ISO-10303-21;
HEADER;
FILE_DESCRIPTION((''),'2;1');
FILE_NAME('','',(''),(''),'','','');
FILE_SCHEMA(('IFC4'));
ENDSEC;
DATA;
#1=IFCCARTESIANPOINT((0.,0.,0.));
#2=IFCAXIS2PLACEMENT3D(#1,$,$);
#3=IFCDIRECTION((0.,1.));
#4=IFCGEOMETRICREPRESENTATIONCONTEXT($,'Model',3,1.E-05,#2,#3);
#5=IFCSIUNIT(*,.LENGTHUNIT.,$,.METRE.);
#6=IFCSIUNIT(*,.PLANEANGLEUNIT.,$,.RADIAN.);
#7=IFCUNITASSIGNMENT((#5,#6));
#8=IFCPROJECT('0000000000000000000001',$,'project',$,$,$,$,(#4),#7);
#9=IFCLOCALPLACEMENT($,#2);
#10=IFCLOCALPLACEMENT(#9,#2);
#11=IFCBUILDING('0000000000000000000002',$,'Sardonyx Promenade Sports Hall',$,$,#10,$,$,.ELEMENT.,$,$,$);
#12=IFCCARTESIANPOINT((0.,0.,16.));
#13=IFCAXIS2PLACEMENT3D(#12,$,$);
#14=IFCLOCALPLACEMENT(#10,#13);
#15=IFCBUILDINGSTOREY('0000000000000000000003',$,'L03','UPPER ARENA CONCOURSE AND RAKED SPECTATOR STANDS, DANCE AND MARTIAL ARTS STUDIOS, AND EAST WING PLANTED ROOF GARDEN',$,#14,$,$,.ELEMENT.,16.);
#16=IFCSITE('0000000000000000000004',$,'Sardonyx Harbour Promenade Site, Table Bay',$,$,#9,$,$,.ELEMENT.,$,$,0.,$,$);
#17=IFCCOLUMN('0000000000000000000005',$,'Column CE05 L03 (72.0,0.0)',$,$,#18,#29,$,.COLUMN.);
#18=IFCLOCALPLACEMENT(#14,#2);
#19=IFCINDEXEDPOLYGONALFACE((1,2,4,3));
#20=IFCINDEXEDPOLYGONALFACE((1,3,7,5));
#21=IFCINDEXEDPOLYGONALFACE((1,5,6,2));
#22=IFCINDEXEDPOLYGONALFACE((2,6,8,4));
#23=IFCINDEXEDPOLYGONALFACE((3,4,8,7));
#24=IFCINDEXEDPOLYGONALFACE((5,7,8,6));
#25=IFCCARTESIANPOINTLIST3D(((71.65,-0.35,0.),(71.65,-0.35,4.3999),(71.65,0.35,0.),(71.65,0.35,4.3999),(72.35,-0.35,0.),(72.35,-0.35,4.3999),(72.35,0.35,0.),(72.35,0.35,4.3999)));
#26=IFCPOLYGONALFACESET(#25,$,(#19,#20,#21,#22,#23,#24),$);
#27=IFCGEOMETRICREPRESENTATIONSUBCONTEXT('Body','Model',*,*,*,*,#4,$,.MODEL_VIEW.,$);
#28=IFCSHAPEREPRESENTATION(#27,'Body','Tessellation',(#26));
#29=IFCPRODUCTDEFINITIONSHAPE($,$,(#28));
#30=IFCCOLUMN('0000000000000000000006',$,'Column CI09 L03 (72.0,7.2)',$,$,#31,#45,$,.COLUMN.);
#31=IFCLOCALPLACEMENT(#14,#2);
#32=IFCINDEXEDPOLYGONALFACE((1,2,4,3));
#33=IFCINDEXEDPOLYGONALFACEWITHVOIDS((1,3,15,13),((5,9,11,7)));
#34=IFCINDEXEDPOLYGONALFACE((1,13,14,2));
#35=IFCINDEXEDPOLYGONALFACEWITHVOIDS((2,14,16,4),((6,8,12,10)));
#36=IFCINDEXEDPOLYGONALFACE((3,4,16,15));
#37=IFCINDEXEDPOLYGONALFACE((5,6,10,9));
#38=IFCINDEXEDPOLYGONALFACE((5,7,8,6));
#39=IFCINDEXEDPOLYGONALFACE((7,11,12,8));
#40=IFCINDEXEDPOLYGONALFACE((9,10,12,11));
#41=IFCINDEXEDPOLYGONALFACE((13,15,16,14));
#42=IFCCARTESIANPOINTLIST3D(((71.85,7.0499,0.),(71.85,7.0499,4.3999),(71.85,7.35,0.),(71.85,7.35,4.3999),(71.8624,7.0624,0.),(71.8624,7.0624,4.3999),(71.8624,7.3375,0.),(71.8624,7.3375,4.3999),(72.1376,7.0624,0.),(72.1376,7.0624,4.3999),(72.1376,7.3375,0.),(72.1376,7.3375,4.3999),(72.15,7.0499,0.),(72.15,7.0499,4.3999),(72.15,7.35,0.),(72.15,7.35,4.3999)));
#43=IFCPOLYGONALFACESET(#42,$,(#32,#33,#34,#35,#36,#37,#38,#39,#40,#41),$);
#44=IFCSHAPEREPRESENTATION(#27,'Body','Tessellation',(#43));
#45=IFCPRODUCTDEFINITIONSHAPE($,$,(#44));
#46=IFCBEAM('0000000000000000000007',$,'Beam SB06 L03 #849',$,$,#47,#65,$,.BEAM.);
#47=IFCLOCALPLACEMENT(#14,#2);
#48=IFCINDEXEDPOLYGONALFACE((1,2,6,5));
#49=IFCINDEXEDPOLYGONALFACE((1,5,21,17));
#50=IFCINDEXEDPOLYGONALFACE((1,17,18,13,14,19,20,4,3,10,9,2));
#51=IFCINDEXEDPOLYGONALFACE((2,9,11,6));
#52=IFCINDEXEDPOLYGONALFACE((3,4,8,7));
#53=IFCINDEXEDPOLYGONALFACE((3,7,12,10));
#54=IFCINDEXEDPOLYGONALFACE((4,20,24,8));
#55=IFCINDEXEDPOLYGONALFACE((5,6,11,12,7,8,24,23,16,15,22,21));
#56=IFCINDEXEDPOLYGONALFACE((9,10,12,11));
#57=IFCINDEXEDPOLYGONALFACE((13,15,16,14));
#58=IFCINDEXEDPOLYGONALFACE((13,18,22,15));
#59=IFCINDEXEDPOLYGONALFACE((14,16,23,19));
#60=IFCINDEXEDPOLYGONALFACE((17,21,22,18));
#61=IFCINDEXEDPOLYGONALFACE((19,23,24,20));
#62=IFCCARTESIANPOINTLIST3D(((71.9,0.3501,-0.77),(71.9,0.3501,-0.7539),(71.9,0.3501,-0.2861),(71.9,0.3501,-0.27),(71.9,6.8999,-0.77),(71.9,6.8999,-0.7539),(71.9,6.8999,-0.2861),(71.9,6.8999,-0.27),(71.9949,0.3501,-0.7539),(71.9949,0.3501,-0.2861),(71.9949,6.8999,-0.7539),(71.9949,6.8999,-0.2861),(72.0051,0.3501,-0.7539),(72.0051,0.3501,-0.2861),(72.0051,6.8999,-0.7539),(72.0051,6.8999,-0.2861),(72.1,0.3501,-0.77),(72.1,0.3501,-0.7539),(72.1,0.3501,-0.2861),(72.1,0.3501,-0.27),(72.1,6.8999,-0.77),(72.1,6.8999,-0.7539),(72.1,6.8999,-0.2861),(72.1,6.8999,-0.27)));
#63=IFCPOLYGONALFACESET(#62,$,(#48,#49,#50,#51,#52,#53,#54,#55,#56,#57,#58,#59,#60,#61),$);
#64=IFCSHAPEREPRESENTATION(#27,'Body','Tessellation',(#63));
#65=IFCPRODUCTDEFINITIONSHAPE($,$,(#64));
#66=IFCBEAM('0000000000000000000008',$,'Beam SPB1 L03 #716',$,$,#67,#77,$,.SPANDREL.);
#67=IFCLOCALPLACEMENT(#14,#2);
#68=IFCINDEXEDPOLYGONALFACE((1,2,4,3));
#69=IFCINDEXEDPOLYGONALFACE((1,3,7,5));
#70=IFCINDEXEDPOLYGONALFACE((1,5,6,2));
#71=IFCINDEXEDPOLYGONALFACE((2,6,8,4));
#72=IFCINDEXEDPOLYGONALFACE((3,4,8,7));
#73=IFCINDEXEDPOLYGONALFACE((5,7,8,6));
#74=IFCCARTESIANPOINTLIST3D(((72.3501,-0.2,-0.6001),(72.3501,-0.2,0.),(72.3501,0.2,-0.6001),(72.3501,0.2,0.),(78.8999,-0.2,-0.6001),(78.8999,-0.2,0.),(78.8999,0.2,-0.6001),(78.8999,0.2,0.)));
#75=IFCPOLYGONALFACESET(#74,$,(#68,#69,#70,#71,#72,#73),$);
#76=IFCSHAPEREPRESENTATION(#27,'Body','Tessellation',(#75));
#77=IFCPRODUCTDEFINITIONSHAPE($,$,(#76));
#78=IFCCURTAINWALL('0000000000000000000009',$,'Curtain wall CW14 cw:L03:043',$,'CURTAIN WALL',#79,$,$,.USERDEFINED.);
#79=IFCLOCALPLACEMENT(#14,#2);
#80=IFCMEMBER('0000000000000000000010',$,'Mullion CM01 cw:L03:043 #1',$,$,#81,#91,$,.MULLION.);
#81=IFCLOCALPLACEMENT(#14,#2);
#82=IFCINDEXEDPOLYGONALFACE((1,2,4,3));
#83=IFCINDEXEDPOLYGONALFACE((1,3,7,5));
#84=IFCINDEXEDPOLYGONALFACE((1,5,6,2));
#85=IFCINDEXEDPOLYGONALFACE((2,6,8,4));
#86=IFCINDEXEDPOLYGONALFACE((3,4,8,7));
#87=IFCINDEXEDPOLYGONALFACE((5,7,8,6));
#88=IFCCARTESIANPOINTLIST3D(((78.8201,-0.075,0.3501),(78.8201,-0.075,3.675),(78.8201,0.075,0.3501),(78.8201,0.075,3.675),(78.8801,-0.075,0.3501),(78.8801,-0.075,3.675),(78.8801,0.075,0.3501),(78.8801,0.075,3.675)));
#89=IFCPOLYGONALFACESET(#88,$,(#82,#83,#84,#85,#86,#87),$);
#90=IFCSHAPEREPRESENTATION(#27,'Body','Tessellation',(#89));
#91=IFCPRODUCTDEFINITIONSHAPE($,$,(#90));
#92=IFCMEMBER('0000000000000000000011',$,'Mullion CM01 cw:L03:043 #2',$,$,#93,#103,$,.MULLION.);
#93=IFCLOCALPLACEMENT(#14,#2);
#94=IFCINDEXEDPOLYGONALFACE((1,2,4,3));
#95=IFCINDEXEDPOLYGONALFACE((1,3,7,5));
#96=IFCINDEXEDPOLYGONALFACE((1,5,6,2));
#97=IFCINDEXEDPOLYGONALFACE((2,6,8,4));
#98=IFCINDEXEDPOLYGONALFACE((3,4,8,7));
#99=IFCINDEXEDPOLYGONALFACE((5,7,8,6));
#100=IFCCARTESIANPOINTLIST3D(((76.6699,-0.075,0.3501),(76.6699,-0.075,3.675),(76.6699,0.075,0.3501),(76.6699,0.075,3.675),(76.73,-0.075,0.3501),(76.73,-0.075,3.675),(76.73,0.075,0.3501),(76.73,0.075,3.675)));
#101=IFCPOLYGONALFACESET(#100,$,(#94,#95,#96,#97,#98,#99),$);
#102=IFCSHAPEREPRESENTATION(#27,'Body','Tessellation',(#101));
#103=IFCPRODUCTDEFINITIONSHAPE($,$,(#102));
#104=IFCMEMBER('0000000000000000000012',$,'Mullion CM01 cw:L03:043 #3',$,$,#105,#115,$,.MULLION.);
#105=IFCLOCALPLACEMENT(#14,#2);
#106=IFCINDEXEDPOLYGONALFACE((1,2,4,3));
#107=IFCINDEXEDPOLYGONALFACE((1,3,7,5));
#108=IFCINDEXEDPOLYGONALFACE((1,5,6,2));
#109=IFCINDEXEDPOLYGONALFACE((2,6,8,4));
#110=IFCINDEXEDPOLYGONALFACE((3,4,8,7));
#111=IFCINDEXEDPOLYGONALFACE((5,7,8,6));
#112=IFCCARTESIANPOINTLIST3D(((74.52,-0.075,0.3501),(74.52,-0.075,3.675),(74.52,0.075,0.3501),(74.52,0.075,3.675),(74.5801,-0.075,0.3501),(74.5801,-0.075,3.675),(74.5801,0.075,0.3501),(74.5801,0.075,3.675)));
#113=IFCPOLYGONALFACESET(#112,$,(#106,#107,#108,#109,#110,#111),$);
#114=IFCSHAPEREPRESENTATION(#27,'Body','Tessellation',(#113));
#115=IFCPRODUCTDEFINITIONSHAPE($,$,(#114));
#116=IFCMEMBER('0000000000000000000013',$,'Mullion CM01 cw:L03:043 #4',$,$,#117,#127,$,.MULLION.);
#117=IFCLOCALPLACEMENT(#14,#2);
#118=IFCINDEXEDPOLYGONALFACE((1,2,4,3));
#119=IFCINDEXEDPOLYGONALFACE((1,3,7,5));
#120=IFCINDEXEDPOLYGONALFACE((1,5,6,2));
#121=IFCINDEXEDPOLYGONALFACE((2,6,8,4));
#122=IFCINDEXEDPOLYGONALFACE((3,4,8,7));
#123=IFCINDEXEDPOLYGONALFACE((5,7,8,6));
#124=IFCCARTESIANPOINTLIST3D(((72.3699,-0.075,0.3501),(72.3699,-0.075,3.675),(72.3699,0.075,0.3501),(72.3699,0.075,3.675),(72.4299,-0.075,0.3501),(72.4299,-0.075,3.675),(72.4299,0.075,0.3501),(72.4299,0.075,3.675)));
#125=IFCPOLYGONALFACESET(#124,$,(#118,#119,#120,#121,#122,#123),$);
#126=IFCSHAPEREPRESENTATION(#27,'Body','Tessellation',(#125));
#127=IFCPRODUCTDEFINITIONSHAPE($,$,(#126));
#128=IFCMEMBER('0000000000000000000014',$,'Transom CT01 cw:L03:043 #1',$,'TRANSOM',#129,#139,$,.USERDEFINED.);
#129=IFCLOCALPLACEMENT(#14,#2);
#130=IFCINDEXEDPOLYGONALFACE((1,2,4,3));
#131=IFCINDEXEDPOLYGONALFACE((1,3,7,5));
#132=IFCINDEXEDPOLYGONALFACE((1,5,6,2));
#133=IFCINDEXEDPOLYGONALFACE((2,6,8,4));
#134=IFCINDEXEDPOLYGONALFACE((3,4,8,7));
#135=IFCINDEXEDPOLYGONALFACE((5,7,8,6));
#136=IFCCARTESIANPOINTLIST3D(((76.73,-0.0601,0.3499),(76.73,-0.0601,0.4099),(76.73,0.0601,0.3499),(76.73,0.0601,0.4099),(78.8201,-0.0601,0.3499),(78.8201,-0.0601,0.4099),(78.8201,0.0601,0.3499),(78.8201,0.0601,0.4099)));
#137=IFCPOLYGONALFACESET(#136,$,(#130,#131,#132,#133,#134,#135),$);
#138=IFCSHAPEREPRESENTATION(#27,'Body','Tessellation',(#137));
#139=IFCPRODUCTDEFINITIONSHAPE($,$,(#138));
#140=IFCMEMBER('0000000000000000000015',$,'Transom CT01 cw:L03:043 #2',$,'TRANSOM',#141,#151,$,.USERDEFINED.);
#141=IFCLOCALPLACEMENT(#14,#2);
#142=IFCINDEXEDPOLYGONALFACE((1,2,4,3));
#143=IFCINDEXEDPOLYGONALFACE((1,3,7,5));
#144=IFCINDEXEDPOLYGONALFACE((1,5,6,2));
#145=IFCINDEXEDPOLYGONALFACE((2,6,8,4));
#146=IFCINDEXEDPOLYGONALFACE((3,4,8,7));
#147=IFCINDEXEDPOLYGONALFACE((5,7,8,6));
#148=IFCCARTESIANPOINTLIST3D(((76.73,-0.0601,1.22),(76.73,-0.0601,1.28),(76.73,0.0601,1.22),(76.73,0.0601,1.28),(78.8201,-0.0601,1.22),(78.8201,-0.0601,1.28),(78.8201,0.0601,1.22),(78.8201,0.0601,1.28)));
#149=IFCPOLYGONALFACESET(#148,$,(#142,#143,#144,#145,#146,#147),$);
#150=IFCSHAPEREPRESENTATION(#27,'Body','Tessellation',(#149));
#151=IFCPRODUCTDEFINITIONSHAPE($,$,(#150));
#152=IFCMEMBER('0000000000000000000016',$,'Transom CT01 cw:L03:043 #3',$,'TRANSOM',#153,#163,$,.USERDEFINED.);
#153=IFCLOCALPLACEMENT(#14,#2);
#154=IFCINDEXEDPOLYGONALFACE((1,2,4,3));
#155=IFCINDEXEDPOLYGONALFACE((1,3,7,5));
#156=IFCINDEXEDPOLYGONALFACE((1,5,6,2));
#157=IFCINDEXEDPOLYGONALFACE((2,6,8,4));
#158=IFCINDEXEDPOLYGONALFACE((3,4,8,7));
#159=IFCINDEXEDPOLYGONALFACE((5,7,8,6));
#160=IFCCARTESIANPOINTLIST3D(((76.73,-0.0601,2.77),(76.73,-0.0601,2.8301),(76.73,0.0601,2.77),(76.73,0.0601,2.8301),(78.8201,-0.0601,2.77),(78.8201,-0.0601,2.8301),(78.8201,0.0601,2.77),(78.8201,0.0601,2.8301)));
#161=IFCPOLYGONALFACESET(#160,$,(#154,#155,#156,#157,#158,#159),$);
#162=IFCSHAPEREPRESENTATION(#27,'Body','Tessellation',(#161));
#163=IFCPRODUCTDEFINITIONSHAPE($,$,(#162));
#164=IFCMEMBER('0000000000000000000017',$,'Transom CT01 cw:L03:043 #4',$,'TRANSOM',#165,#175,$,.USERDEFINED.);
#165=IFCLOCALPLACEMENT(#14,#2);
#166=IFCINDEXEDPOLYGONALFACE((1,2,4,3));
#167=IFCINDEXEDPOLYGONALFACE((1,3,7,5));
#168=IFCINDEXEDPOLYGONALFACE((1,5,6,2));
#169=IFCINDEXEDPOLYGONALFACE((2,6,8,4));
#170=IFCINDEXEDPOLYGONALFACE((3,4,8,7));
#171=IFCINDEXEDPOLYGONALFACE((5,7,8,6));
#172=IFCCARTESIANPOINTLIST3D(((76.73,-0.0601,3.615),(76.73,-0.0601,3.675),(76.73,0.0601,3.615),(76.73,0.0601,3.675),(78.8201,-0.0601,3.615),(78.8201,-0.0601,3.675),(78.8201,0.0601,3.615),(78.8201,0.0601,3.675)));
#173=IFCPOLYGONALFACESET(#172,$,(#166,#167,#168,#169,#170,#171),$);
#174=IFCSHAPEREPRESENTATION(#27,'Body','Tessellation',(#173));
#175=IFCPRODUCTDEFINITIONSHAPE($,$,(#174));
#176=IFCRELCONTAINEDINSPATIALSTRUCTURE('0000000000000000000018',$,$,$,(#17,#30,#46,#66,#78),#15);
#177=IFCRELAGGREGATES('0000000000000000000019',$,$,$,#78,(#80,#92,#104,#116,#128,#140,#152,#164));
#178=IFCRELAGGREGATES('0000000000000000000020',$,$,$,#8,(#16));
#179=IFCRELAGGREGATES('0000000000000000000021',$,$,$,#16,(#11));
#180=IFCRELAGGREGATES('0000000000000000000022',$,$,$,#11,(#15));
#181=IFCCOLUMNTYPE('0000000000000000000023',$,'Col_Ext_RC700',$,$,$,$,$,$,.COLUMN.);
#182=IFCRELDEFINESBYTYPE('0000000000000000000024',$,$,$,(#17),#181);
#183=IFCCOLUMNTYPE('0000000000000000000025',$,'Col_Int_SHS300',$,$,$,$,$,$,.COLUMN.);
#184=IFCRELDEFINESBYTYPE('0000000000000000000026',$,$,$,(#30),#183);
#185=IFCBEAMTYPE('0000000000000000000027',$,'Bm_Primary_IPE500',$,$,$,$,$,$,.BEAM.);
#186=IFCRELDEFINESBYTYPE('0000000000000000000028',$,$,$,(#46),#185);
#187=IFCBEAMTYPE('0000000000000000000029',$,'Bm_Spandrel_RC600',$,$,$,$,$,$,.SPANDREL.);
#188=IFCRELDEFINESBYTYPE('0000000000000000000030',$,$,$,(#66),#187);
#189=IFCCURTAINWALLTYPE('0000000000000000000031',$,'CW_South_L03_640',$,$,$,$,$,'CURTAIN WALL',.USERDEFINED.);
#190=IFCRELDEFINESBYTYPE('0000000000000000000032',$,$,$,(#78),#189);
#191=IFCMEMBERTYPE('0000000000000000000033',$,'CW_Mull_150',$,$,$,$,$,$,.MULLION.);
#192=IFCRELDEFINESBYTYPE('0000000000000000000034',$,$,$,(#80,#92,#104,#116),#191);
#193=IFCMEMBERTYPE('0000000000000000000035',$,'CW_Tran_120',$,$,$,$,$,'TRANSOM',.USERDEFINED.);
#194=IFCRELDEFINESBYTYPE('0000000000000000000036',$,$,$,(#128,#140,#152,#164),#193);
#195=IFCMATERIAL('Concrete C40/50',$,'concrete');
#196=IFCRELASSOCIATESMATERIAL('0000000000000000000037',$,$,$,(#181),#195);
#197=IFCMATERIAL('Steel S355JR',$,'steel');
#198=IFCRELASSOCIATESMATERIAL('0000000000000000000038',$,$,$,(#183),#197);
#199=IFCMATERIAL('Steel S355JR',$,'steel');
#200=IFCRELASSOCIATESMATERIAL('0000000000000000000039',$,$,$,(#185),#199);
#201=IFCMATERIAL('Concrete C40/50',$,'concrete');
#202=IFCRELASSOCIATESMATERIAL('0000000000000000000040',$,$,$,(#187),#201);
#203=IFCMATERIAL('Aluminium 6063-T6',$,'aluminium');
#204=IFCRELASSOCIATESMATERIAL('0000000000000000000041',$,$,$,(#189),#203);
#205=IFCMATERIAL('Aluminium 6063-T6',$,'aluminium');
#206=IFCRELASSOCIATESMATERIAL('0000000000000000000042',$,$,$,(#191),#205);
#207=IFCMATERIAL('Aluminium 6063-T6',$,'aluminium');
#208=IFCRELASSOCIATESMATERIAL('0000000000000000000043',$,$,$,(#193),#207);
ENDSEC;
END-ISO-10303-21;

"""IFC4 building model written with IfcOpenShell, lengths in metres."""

from ifc_helpers import new_model, si_unit, direction, frame, origin, origin_2d, place, context, subcontext, project, spatial, rectangle, hollow_rectangle, i_section, extrude, material, material_profile, profile_set, type_object, element, aggregate, save


model = new_model("IFC4")

# Units and contexts
model_context = context("Model", 3, precision=1e-05, world=origin(), true_north=direction((0.0, 1.0)))
body_context = subcontext(model_context, "Body", "Model", "MODEL_VIEW")
ifc_project = project(units=[si_unit("LENGTHUNIT", "METRE"), si_unit("PLANEANGLEUNIT", "RADIAN")], contexts=[model_context])

# Site, building, storey
site_placement = place(None, origin())
site = spatial("IfcSite", under=ifc_project, at=site_placement, Name="Sardonyx Harbour Promenade Site, Table Bay", CompositionType="ELEMENT", RefElevation=0.0)
building_placement = place(site_placement, origin())
building = spatial("IfcBuilding", under=site, at=building_placement, Name="Sardonyx Promenade Sports Hall", CompositionType="ELEMENT")
storey_placement = place(building_placement, frame((0.0, 0.0, 16.0)))
storey = spatial("IfcBuildingStorey", under=building, at=storey_placement, Name="L03", Description="UPPER ARENA CONCOURSE AND RAKED SPECTATOR STANDS, DANCE AND MARTIAL ARTS STUDIOS, AND EAST WING PLANTED ROOF GARDEN", CompositionType="ELEMENT", Elevation=16.0)

# Columns
ifc_material_1 = material(Name="Concrete C40/50", Category="concrete")
ifc_material_profile_1 = material_profile(ifc_material_1, rectangle(XDim=0.7, YDim=0.7, at=origin_2d()))
ifc_profile_set_1 = profile_set([ifc_material_profile_1], Name="Concrete C40/50")
column_type_1 = type_object("IfcColumnType", Name="Col_Ext_RC700", PredefinedType="COLUMN", material=ifc_profile_set_1)
column_1_placement = place(storey_placement, frame((72.0, 0.0, 0.0), z_axis=(0.0, 0.0, 1.0), x_axis=(1.0, 0.0, 0.0)))
element("IfcColumn", 1, at=column_1_placement, inside=storey, type_object=column_type_1, Name="Column CE05 L03 (72.0,0.0)", PredefinedType="COLUMN", context=body_context, shape_type="SweptSolid", body=[
    extrude(rectangle(XDim=0.7, YDim=0.7, at=origin_2d()), origin(), (0.0, 0.0, 1.0), 4.3999),
])
ifc_material_2 = material(Name="Steel S355JR", Category="steel")
ifc_material_profile_2 = material_profile(ifc_material_2, hollow_rectangle(XDim=0.3, YDim=0.3, WallThickness=0.0125, at=origin_2d()))
ifc_profile_set_2 = profile_set([ifc_material_profile_2], Name="Steel S355JR")
column_type_2 = type_object("IfcColumnType", Name="Col_Int_SHS300", PredefinedType="COLUMN", material=ifc_profile_set_2)
column_2_placement = place(storey_placement, frame((72.0, 7.2, 0.0), z_axis=(0.0, 0.0, 1.0), x_axis=(1.0, 0.0, 0.0)))
element("IfcColumn", 2, at=column_2_placement, inside=storey, type_object=column_type_2, Name="Column CI09 L03 (72.0,7.2)", PredefinedType="COLUMN", context=body_context, shape_type="SweptSolid", body=[
    extrude(hollow_rectangle(XDim=0.3, YDim=0.3, WallThickness=0.0125, at=origin_2d()), origin(), (0.0, 0.0, 1.0), 4.3999),
])

# Beams
ifc_material_3 = material(Name="Steel S355JR", Category="steel")
ifc_material_profile_3 = material_profile(ifc_material_3, i_section(OverallWidth=0.2, OverallDepth=0.5, WebThickness=0.0103, FlangeThickness=0.0161, at=origin_2d()))
ifc_profile_set_3 = profile_set([ifc_material_profile_3], Name="Steel S355JR")
beam_type_1 = type_object("IfcBeamType", Name="Bm_Primary_IPE500", PredefinedType="BEAM", material=ifc_profile_set_3)
beam_1_placement = place(storey_placement, frame((72.0, 0.3501, -0.52), z_axis=(0.0, 1.0, 0.0), x_axis=(-1.0, 0.0, 0.0)))
element("IfcBeam", 3, at=beam_1_placement, inside=storey, type_object=beam_type_1, Name="Beam SB06 L03 #849", PredefinedType="BEAM", context=body_context, shape_type="SweptSolid", body=[
    extrude(i_section(OverallWidth=0.2, OverallDepth=0.5, WebThickness=0.0103, FlangeThickness=0.0161, at=origin_2d()), origin(), (0.0, 0.0, 1.0), 6.5498),
])
ifc_material_4 = material(Name="Concrete C40/50", Category="concrete")
ifc_material_profile_4 = material_profile(ifc_material_4, rectangle(XDim=0.3999, YDim=0.6001, at=origin_2d()))
ifc_profile_set_4 = profile_set([ifc_material_profile_4], Name="Concrete C40/50")
beam_type_2 = type_object("IfcBeamType", Name="Bm_Spandrel_RC600", PredefinedType="SPANDREL", material=ifc_profile_set_4)
beam_2_placement = place(storey_placement, frame((72.3501, 0.0, -0.3), z_axis=(1.0, 0.0, 0.0), x_axis=(0.0, 1.0, 0.0)))
element("IfcBeam", 4, at=beam_2_placement, inside=storey, type_object=beam_type_2, Name="Beam SPB1 L03 #716", PredefinedType="SPANDREL", context=body_context, shape_type="SweptSolid", body=[
    extrude(rectangle(XDim=0.3999, YDim=0.6001, at=origin_2d()), origin(), (0.0, 0.0, 1.0), 6.5498),
])

# Curtain wall, members
ifc_material_5 = material(Name="Aluminium 6063-T6", Category="aluminium")
curtain_wall_type = type_object("IfcCurtainWallType", Name="CW_South_L03_640", ElementType="CURTAIN WALL", PredefinedType="USERDEFINED", material=ifc_material_5)
curtain_wall_placement = place(storey_placement, origin())
curtain_wall = element("IfcCurtainWall", 5, at=curtain_wall_placement, inside=storey, type_object=curtain_wall_type, Name="Curtain wall CW14 cw:L03:043", ObjectType="CURTAIN WALL", PredefinedType="USERDEFINED")
ifc_material_6 = material(Name="Aluminium 6063-T6", Category="aluminium")
ifc_material_profile_5 = material_profile(ifc_material_6, rectangle(XDim=0.0601, YDim=0.1499, at=origin_2d()))
ifc_profile_set_5 = profile_set([ifc_material_profile_5], Name="Aluminium 6063-T6")
member_type_1 = type_object("IfcMemberType", Name="CW_Mull_150", PredefinedType="MULLION", material=ifc_profile_set_5)
member_1_placement = place(storey_placement, frame((78.8501, 0.0, 0.3501), z_axis=(0.0, 0.0, 1.0), x_axis=(-1.0, 0.0, 0.0)))
member_1 = element("IfcMember", 6, at=member_1_placement, type_object=member_type_1, Name="Mullion CM01 cw:L03:043 #1", PredefinedType="MULLION", context=body_context, shape_type="SweptSolid", body=[
    extrude(rectangle(XDim=0.0601, YDim=0.1499, at=origin_2d()), origin(), (0.0, 0.0, 1.0), 3.325),
])
member_2_placement = place(storey_placement, frame((76.7, 0.0, 0.3501), z_axis=(0.0, 0.0, 1.0), x_axis=(-1.0, 0.0, 0.0)))
member_2 = element("IfcMember", 7, at=member_2_placement, type_object=member_type_1, Name="Mullion CM01 cw:L03:043 #2", PredefinedType="MULLION", context=body_context, shape_type="SweptSolid", body=[
    extrude(rectangle(XDim=0.0601, YDim=0.1499, at=origin_2d()), origin(), (0.0, 0.0, 1.0), 3.325),
])
member_3_placement = place(storey_placement, frame((74.55, 0.0, 0.3501), z_axis=(0.0, 0.0, 1.0), x_axis=(-1.0, 0.0, 0.0)))
member_3 = element("IfcMember", 8, at=member_3_placement, type_object=member_type_1, Name="Mullion CM01 cw:L03:043 #3", PredefinedType="MULLION", context=body_context, shape_type="SweptSolid", body=[
    extrude(rectangle(XDim=0.0601, YDim=0.1499, at=origin_2d()), origin(), (0.0, 0.0, 1.0), 3.325),
])
member_4_placement = place(storey_placement, frame((72.3999, 0.0, 0.3501), z_axis=(0.0, 0.0, 1.0), x_axis=(-1.0, 0.0, 0.0)))
member_4 = element("IfcMember", 9, at=member_4_placement, type_object=member_type_1, Name="Mullion CM01 cw:L03:043 #4", PredefinedType="MULLION", context=body_context, shape_type="SweptSolid", body=[
    extrude(rectangle(XDim=0.0601, YDim=0.1499, at=origin_2d()), origin(), (0.0, 0.0, 1.0), 3.325),
])
ifc_material_7 = material(Name="Aluminium 6063-T6", Category="aluminium")
ifc_material_profile_6 = material_profile(ifc_material_7, rectangle(XDim=0.0601, YDim=0.1201, at=origin_2d()))
ifc_profile_set_6 = profile_set([ifc_material_profile_6], Name="Aluminium 6063-T6")
member_type_2 = type_object("IfcMemberType", Name="CW_Tran_120", ElementType="TRANSOM", PredefinedType="USERDEFINED", material=ifc_profile_set_6)
member_5_placement = place(storey_placement, frame((78.8201, 0.0, 0.3799), z_axis=(-1.0, 0.0, 0.0), x_axis=(0.0, 0.0, 1.0)))
member_5 = element("IfcMember", 10, at=member_5_placement, type_object=member_type_2, Name="Transom CT01 cw:L03:043 #1", ObjectType="TRANSOM", PredefinedType="USERDEFINED", context=body_context, shape_type="SweptSolid", body=[
    extrude(rectangle(XDim=0.0601, YDim=0.1201, at=origin_2d()), origin(), (0.0, 0.0, 1.0), 2.0901),
])
member_6_placement = place(storey_placement, frame((78.8201, 0.0, 1.25), z_axis=(-1.0, 0.0, 0.0), x_axis=(0.0, 0.0, 1.0)))
member_6 = element("IfcMember", 11, at=member_6_placement, type_object=member_type_2, Name="Transom CT01 cw:L03:043 #2", ObjectType="TRANSOM", PredefinedType="USERDEFINED", context=body_context, shape_type="SweptSolid", body=[
    extrude(rectangle(XDim=0.0601, YDim=0.1201, at=origin_2d()), origin(), (0.0, 0.0, 1.0), 2.0901),
])
member_7_placement = place(storey_placement, frame((78.8201, 0.0, 2.8), z_axis=(-1.0, 0.0, 0.0), x_axis=(0.0, 0.0, 1.0)))
member_7 = element("IfcMember", 12, at=member_7_placement, type_object=member_type_2, Name="Transom CT01 cw:L03:043 #3", ObjectType="TRANSOM", PredefinedType="USERDEFINED", context=body_context, shape_type="SweptSolid", body=[
    extrude(rectangle(XDim=0.0601, YDim=0.1201, at=origin_2d()), origin(), (0.0, 0.0, 1.0), 2.0901),
])
member_8_placement = place(storey_placement, frame((78.8201, 0.0, 3.645), z_axis=(-1.0, 0.0, 0.0), x_axis=(0.0, 0.0, 1.0)))
member_8 = element("IfcMember", 13, at=member_8_placement, type_object=member_type_2, Name="Transom CT01 cw:L03:043 #4", ObjectType="TRANSOM", PredefinedType="USERDEFINED", context=body_context, shape_type="SweptSolid", body=[
    extrude(rectangle(XDim=0.0601, YDim=0.1201, at=origin_2d()), origin(), (0.0, 0.0, 1.0), 2.0901),
])
aggregate(curtain_wall, [member_1, member_2, member_3, member_4, member_5, member_6, member_7, member_8])

save(model, "model.ifc")
